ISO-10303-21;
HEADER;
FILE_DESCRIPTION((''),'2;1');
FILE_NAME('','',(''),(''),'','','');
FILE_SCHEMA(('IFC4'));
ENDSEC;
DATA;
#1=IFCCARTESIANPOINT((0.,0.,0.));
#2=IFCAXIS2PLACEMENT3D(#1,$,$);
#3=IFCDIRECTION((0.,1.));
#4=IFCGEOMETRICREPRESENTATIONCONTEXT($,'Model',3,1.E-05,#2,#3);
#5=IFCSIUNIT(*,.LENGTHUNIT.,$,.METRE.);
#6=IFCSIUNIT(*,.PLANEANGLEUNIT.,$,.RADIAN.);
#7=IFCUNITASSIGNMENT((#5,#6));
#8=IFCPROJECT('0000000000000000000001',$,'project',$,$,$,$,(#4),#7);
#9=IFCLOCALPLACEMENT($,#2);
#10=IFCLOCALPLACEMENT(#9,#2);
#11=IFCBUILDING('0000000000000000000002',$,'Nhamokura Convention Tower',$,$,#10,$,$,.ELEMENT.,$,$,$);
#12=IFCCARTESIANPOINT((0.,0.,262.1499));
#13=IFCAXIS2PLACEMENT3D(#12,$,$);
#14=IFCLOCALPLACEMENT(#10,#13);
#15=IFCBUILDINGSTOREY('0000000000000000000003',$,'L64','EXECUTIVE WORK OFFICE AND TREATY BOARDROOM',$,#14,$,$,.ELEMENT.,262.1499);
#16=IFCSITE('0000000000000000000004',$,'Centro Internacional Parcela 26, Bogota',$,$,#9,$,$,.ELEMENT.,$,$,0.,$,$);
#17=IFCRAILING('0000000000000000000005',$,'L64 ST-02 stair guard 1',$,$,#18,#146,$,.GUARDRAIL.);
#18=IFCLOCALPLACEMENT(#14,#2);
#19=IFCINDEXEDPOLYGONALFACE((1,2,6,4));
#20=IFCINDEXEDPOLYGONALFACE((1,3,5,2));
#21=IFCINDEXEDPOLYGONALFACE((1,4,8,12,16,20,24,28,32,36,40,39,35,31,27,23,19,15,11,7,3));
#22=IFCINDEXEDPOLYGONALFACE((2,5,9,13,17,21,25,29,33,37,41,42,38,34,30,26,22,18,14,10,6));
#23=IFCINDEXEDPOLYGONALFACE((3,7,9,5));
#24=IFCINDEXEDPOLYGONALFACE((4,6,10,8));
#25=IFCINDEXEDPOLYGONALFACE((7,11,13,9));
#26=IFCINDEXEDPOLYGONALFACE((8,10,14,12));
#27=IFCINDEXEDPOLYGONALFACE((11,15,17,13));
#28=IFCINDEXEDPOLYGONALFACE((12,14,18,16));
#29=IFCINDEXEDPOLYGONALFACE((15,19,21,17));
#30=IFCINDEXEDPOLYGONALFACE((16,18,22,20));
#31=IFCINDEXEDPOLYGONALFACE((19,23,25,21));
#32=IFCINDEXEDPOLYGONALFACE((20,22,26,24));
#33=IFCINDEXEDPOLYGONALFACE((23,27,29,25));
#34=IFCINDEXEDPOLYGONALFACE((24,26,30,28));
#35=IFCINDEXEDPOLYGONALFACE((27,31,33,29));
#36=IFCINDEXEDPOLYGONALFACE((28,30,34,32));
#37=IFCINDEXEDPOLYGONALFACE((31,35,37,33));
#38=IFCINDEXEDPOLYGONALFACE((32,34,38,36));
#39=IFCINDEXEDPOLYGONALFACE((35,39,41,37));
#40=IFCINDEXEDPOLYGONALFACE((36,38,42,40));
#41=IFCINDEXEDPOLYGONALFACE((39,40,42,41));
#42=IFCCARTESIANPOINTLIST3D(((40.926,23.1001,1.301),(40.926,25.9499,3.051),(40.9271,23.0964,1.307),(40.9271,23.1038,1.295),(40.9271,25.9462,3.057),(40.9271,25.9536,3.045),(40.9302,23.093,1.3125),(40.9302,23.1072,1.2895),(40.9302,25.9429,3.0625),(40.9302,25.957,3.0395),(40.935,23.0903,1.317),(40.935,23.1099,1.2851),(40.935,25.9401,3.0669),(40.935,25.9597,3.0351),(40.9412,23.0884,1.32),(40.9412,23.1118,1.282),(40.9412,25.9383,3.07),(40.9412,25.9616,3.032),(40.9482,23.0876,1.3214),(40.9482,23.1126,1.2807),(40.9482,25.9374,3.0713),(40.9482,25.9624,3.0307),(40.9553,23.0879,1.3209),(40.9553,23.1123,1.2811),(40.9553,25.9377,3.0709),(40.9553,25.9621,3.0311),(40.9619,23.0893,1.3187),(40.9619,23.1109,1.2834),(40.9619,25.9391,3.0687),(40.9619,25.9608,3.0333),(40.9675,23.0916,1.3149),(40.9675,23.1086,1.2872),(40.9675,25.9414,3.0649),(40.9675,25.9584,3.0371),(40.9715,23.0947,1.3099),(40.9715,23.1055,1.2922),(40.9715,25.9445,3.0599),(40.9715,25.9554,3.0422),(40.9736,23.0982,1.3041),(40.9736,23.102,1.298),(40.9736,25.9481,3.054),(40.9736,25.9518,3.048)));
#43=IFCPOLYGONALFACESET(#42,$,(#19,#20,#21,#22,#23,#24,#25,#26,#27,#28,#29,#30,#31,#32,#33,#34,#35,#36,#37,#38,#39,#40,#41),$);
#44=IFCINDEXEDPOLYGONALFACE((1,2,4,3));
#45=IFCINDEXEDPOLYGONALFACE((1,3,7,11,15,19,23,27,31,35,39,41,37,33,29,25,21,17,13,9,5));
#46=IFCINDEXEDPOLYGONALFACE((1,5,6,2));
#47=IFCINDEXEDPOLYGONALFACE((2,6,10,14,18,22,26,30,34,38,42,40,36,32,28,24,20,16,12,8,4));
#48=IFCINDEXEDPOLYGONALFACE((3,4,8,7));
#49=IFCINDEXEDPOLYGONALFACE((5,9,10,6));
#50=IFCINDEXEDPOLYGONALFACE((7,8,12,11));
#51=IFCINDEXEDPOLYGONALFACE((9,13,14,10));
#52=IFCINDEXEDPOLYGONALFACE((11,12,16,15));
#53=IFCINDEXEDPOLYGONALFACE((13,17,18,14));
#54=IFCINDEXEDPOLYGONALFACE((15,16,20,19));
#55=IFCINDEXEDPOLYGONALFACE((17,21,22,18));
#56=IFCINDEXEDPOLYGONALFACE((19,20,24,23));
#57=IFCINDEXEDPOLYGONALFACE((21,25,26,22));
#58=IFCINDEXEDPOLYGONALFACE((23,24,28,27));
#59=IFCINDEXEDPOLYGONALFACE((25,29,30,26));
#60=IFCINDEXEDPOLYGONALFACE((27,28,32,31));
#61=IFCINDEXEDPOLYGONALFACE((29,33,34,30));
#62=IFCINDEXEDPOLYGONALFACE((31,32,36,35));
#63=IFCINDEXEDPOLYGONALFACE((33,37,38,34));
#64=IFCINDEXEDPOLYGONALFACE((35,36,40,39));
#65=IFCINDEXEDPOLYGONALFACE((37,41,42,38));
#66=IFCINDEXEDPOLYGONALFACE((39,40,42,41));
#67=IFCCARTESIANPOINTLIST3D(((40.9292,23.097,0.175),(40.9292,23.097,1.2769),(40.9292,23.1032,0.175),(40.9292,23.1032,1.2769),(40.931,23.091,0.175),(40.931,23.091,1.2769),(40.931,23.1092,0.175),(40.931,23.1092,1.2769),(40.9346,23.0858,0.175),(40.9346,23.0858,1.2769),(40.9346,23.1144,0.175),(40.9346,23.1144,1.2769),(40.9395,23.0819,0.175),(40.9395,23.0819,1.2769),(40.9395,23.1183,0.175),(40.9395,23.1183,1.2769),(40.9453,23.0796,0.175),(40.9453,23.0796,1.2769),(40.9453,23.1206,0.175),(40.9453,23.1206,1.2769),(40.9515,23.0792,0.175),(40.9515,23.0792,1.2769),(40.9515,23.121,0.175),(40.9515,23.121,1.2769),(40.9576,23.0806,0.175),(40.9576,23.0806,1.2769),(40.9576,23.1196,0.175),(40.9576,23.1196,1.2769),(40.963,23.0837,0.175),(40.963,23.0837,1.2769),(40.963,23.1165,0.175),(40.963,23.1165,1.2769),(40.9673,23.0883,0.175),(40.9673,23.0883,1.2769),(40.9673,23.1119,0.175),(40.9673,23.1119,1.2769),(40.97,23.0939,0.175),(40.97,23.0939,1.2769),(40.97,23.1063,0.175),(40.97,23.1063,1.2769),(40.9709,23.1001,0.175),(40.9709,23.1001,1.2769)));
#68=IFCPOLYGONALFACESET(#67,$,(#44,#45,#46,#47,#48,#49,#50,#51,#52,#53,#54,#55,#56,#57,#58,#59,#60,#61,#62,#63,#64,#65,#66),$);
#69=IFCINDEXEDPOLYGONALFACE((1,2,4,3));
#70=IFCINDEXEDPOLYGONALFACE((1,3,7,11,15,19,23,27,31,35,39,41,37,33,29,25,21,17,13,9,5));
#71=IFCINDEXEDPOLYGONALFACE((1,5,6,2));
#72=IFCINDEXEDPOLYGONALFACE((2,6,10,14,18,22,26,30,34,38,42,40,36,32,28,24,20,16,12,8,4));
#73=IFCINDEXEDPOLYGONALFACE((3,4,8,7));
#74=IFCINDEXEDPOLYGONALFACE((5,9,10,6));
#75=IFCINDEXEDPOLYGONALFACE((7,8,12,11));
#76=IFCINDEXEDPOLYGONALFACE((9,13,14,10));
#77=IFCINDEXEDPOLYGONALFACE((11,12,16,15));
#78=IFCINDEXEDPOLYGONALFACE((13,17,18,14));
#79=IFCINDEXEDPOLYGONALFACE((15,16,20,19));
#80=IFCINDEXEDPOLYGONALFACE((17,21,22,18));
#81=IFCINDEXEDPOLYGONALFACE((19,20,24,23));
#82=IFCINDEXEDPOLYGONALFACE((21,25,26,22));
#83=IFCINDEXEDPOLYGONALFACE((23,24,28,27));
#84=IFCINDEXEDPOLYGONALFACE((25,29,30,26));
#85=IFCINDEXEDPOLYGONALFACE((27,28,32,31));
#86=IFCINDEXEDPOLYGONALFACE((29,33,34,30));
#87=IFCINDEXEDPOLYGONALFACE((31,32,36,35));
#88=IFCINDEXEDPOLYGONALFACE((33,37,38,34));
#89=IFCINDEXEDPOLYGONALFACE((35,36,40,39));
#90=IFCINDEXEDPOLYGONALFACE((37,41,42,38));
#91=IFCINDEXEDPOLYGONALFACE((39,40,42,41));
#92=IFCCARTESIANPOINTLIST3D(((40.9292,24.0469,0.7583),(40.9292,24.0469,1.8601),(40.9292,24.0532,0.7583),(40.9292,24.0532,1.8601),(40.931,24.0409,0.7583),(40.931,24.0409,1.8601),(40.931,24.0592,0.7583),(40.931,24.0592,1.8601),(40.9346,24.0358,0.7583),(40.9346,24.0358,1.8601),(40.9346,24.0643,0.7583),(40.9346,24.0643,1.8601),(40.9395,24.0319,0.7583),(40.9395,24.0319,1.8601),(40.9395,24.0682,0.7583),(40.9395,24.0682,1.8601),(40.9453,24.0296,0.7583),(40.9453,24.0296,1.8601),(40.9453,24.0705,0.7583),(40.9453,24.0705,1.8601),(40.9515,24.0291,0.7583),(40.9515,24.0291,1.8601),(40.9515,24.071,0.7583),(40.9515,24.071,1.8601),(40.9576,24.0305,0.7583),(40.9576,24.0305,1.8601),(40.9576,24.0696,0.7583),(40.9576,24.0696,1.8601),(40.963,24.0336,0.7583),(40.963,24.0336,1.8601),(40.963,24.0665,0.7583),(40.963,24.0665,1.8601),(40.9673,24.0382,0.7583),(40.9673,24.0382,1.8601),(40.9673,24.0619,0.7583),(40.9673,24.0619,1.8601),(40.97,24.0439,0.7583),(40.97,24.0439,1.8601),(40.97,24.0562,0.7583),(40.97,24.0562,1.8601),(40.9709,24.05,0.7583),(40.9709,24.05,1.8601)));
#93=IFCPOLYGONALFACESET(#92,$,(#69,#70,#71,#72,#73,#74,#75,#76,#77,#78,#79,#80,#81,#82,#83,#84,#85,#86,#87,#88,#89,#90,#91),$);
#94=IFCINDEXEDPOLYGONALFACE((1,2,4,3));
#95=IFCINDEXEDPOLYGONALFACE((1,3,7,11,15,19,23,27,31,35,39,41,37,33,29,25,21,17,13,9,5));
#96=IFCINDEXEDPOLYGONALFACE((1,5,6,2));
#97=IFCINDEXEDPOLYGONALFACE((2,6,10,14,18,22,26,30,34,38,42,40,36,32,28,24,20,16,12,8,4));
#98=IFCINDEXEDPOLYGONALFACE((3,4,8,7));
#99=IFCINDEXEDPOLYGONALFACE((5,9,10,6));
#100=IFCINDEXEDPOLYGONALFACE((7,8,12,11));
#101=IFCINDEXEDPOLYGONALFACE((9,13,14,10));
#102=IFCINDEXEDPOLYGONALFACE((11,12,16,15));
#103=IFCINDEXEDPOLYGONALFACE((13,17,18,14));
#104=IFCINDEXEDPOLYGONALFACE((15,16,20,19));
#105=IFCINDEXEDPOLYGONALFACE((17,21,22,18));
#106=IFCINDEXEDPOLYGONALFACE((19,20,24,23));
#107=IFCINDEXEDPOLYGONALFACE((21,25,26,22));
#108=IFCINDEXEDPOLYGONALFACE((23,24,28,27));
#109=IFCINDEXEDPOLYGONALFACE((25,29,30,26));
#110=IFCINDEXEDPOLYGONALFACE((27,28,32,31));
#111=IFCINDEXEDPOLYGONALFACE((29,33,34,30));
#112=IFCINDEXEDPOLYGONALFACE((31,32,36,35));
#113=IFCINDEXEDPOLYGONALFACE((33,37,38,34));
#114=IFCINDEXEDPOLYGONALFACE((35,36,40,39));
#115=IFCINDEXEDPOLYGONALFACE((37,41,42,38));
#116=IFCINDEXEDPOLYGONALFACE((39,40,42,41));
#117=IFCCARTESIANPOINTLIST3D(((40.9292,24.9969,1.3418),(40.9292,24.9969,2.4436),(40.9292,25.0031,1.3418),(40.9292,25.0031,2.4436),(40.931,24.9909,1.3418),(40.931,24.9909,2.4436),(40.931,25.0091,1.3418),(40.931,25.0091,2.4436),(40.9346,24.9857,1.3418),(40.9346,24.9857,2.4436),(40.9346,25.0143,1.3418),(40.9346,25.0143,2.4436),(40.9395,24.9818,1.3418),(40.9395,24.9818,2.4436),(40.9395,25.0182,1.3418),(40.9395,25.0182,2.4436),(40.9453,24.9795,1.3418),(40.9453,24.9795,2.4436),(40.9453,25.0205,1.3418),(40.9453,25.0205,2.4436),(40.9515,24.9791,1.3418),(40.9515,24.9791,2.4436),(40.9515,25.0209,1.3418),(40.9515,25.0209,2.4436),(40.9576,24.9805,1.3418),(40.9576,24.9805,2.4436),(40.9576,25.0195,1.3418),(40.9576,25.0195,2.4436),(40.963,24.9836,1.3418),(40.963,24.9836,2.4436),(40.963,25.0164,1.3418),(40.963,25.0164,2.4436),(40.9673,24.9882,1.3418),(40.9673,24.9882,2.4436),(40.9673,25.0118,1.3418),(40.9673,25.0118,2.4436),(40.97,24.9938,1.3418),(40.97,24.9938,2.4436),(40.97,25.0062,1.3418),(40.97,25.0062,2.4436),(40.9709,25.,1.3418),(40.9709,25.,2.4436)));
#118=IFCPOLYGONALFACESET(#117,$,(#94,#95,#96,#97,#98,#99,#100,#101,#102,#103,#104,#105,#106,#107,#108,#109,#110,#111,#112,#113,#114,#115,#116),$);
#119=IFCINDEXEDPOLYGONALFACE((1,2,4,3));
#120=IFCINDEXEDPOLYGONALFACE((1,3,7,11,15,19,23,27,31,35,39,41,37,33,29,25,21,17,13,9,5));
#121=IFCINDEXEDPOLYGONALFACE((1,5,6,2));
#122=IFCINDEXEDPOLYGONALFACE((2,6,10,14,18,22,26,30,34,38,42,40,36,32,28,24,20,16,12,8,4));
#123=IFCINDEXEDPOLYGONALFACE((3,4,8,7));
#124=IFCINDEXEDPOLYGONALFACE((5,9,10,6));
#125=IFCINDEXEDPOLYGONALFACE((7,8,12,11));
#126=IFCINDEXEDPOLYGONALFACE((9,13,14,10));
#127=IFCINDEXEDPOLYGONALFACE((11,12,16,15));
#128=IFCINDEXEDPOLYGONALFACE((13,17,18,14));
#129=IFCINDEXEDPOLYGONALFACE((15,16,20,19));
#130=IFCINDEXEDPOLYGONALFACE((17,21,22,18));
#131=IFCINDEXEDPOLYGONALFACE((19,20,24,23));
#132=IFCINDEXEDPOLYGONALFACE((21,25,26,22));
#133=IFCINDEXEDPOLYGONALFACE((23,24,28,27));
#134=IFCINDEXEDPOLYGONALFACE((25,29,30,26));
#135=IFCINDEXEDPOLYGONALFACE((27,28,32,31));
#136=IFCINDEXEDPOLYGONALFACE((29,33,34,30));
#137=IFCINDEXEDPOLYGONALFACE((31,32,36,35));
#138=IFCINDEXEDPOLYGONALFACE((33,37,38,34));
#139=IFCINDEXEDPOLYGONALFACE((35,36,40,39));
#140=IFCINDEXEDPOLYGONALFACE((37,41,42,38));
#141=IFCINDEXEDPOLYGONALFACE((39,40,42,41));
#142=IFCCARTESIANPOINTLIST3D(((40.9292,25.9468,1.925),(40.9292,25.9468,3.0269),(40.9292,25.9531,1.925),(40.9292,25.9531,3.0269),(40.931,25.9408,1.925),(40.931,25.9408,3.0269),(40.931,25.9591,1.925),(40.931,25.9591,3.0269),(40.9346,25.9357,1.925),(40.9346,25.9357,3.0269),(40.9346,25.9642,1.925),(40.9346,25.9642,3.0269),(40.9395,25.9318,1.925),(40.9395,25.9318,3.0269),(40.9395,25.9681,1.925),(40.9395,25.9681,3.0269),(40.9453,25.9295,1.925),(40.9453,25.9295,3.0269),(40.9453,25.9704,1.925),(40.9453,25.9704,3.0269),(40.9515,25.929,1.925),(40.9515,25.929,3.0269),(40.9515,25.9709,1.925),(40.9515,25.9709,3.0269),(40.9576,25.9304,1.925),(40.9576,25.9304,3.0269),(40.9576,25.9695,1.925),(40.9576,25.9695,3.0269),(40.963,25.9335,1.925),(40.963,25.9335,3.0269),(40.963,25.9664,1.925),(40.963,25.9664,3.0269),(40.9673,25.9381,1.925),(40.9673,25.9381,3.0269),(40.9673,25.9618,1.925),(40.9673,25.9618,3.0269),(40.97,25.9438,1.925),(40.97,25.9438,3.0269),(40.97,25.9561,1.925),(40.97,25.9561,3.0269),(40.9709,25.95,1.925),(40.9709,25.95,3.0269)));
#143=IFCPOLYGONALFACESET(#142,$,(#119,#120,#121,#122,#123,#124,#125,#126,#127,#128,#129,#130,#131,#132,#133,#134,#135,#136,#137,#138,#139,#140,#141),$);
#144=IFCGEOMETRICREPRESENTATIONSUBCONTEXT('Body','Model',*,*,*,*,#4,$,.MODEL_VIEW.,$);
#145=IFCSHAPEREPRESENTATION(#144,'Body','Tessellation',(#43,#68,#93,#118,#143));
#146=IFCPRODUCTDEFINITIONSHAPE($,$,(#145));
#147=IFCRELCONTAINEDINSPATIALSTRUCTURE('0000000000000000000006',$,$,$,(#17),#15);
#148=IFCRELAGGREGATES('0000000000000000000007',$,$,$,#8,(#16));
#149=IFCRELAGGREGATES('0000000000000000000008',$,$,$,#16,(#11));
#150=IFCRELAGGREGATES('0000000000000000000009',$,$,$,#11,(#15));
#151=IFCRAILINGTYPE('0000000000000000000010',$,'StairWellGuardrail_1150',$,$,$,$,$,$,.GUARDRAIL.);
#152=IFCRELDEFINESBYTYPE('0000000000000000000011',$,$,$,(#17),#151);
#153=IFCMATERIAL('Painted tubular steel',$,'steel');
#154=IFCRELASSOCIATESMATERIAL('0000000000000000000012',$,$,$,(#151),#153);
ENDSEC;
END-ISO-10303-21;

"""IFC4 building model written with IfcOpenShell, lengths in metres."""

from ifc_helpers import new_model, si_unit, direction, frame, origin, origin_2d, place, context, subcontext, project, spatial, circle, extrude, material, type_object, element, save


model = new_model("IFC4")

# Units and contexts
model_context = context("Model", 3, precision=1e-05, world=origin(), true_north=direction((0.0, 1.0)))
body_context = subcontext(model_context, "Body", "Model", "MODEL_VIEW")
ifc_project = project(units=[si_unit("LENGTHUNIT", "METRE"), si_unit("PLANEANGLEUNIT", "RADIAN")], contexts=[model_context])

# Site, building, storey
site_placement = place(None, origin())
site = spatial("IfcSite", under=ifc_project, at=site_placement, Name="Centro Internacional Parcela 26, Bogota", CompositionType="ELEMENT", RefElevation=0.0)
building_placement = place(site_placement, origin())
building = spatial("IfcBuilding", under=site, at=building_placement, Name="Nhamokura Convention Tower", CompositionType="ELEMENT")
storey_placement = place(building_placement, frame((0.0, 0.0, 262.1499)))
storey = spatial("IfcBuildingStorey", under=building, at=storey_placement, Name="L64", Description="EXECUTIVE WORK OFFICE AND TREATY BOARDROOM", CompositionType="ELEMENT", Elevation=262.1499)

# Railing
ifc_material_1 = material(Name="Painted tubular steel", Category="steel")
railing_type_1 = type_object("IfcRailingType", Name="StairWellGuardrail_1150", PredefinedType="GUARDRAIL", material=ifc_material_1)
railing_1_placement = place(storey_placement, frame((40.95, 23.1001, 0.175)))
element("IfcRailing", 1, at=railing_1_placement, inside=storey, type_object=railing_type_1, Name="L64 ST-02 stair guard 1", PredefinedType="GUARDRAIL", context=body_context, shape_type="SweptSolid", body=[
    extrude(circle(Radius=0.0239, at=origin_2d()), frame((0.0, 0.0, 1.126), z_axis=(0.0, 0.852159, 0.523283), x_axis=(-1.0, 0.0, 0.0)), (0.0, 0.0, 1.0), 3.3442),
    extrude(circle(Radius=0.021, at=origin_2d()), origin(), (0.0, 0.0, 1.0), 1.1018),
    extrude(circle(Radius=0.021, at=origin_2d()), frame((0.0, 0.95, 0.5833)), (0.0, 0.0, 1.0), 1.1018),
    extrude(circle(Radius=0.021, at=origin_2d()), frame((0.0, 1.8999, 1.1667)), (0.0, 0.0, 1.0), 1.1018),
    extrude(circle(Radius=0.021, at=origin_2d()), frame((0.0, 2.8499, 1.75)), (0.0, 0.0, 1.0), 1.1018),
])

save(model, "model.ifc")
